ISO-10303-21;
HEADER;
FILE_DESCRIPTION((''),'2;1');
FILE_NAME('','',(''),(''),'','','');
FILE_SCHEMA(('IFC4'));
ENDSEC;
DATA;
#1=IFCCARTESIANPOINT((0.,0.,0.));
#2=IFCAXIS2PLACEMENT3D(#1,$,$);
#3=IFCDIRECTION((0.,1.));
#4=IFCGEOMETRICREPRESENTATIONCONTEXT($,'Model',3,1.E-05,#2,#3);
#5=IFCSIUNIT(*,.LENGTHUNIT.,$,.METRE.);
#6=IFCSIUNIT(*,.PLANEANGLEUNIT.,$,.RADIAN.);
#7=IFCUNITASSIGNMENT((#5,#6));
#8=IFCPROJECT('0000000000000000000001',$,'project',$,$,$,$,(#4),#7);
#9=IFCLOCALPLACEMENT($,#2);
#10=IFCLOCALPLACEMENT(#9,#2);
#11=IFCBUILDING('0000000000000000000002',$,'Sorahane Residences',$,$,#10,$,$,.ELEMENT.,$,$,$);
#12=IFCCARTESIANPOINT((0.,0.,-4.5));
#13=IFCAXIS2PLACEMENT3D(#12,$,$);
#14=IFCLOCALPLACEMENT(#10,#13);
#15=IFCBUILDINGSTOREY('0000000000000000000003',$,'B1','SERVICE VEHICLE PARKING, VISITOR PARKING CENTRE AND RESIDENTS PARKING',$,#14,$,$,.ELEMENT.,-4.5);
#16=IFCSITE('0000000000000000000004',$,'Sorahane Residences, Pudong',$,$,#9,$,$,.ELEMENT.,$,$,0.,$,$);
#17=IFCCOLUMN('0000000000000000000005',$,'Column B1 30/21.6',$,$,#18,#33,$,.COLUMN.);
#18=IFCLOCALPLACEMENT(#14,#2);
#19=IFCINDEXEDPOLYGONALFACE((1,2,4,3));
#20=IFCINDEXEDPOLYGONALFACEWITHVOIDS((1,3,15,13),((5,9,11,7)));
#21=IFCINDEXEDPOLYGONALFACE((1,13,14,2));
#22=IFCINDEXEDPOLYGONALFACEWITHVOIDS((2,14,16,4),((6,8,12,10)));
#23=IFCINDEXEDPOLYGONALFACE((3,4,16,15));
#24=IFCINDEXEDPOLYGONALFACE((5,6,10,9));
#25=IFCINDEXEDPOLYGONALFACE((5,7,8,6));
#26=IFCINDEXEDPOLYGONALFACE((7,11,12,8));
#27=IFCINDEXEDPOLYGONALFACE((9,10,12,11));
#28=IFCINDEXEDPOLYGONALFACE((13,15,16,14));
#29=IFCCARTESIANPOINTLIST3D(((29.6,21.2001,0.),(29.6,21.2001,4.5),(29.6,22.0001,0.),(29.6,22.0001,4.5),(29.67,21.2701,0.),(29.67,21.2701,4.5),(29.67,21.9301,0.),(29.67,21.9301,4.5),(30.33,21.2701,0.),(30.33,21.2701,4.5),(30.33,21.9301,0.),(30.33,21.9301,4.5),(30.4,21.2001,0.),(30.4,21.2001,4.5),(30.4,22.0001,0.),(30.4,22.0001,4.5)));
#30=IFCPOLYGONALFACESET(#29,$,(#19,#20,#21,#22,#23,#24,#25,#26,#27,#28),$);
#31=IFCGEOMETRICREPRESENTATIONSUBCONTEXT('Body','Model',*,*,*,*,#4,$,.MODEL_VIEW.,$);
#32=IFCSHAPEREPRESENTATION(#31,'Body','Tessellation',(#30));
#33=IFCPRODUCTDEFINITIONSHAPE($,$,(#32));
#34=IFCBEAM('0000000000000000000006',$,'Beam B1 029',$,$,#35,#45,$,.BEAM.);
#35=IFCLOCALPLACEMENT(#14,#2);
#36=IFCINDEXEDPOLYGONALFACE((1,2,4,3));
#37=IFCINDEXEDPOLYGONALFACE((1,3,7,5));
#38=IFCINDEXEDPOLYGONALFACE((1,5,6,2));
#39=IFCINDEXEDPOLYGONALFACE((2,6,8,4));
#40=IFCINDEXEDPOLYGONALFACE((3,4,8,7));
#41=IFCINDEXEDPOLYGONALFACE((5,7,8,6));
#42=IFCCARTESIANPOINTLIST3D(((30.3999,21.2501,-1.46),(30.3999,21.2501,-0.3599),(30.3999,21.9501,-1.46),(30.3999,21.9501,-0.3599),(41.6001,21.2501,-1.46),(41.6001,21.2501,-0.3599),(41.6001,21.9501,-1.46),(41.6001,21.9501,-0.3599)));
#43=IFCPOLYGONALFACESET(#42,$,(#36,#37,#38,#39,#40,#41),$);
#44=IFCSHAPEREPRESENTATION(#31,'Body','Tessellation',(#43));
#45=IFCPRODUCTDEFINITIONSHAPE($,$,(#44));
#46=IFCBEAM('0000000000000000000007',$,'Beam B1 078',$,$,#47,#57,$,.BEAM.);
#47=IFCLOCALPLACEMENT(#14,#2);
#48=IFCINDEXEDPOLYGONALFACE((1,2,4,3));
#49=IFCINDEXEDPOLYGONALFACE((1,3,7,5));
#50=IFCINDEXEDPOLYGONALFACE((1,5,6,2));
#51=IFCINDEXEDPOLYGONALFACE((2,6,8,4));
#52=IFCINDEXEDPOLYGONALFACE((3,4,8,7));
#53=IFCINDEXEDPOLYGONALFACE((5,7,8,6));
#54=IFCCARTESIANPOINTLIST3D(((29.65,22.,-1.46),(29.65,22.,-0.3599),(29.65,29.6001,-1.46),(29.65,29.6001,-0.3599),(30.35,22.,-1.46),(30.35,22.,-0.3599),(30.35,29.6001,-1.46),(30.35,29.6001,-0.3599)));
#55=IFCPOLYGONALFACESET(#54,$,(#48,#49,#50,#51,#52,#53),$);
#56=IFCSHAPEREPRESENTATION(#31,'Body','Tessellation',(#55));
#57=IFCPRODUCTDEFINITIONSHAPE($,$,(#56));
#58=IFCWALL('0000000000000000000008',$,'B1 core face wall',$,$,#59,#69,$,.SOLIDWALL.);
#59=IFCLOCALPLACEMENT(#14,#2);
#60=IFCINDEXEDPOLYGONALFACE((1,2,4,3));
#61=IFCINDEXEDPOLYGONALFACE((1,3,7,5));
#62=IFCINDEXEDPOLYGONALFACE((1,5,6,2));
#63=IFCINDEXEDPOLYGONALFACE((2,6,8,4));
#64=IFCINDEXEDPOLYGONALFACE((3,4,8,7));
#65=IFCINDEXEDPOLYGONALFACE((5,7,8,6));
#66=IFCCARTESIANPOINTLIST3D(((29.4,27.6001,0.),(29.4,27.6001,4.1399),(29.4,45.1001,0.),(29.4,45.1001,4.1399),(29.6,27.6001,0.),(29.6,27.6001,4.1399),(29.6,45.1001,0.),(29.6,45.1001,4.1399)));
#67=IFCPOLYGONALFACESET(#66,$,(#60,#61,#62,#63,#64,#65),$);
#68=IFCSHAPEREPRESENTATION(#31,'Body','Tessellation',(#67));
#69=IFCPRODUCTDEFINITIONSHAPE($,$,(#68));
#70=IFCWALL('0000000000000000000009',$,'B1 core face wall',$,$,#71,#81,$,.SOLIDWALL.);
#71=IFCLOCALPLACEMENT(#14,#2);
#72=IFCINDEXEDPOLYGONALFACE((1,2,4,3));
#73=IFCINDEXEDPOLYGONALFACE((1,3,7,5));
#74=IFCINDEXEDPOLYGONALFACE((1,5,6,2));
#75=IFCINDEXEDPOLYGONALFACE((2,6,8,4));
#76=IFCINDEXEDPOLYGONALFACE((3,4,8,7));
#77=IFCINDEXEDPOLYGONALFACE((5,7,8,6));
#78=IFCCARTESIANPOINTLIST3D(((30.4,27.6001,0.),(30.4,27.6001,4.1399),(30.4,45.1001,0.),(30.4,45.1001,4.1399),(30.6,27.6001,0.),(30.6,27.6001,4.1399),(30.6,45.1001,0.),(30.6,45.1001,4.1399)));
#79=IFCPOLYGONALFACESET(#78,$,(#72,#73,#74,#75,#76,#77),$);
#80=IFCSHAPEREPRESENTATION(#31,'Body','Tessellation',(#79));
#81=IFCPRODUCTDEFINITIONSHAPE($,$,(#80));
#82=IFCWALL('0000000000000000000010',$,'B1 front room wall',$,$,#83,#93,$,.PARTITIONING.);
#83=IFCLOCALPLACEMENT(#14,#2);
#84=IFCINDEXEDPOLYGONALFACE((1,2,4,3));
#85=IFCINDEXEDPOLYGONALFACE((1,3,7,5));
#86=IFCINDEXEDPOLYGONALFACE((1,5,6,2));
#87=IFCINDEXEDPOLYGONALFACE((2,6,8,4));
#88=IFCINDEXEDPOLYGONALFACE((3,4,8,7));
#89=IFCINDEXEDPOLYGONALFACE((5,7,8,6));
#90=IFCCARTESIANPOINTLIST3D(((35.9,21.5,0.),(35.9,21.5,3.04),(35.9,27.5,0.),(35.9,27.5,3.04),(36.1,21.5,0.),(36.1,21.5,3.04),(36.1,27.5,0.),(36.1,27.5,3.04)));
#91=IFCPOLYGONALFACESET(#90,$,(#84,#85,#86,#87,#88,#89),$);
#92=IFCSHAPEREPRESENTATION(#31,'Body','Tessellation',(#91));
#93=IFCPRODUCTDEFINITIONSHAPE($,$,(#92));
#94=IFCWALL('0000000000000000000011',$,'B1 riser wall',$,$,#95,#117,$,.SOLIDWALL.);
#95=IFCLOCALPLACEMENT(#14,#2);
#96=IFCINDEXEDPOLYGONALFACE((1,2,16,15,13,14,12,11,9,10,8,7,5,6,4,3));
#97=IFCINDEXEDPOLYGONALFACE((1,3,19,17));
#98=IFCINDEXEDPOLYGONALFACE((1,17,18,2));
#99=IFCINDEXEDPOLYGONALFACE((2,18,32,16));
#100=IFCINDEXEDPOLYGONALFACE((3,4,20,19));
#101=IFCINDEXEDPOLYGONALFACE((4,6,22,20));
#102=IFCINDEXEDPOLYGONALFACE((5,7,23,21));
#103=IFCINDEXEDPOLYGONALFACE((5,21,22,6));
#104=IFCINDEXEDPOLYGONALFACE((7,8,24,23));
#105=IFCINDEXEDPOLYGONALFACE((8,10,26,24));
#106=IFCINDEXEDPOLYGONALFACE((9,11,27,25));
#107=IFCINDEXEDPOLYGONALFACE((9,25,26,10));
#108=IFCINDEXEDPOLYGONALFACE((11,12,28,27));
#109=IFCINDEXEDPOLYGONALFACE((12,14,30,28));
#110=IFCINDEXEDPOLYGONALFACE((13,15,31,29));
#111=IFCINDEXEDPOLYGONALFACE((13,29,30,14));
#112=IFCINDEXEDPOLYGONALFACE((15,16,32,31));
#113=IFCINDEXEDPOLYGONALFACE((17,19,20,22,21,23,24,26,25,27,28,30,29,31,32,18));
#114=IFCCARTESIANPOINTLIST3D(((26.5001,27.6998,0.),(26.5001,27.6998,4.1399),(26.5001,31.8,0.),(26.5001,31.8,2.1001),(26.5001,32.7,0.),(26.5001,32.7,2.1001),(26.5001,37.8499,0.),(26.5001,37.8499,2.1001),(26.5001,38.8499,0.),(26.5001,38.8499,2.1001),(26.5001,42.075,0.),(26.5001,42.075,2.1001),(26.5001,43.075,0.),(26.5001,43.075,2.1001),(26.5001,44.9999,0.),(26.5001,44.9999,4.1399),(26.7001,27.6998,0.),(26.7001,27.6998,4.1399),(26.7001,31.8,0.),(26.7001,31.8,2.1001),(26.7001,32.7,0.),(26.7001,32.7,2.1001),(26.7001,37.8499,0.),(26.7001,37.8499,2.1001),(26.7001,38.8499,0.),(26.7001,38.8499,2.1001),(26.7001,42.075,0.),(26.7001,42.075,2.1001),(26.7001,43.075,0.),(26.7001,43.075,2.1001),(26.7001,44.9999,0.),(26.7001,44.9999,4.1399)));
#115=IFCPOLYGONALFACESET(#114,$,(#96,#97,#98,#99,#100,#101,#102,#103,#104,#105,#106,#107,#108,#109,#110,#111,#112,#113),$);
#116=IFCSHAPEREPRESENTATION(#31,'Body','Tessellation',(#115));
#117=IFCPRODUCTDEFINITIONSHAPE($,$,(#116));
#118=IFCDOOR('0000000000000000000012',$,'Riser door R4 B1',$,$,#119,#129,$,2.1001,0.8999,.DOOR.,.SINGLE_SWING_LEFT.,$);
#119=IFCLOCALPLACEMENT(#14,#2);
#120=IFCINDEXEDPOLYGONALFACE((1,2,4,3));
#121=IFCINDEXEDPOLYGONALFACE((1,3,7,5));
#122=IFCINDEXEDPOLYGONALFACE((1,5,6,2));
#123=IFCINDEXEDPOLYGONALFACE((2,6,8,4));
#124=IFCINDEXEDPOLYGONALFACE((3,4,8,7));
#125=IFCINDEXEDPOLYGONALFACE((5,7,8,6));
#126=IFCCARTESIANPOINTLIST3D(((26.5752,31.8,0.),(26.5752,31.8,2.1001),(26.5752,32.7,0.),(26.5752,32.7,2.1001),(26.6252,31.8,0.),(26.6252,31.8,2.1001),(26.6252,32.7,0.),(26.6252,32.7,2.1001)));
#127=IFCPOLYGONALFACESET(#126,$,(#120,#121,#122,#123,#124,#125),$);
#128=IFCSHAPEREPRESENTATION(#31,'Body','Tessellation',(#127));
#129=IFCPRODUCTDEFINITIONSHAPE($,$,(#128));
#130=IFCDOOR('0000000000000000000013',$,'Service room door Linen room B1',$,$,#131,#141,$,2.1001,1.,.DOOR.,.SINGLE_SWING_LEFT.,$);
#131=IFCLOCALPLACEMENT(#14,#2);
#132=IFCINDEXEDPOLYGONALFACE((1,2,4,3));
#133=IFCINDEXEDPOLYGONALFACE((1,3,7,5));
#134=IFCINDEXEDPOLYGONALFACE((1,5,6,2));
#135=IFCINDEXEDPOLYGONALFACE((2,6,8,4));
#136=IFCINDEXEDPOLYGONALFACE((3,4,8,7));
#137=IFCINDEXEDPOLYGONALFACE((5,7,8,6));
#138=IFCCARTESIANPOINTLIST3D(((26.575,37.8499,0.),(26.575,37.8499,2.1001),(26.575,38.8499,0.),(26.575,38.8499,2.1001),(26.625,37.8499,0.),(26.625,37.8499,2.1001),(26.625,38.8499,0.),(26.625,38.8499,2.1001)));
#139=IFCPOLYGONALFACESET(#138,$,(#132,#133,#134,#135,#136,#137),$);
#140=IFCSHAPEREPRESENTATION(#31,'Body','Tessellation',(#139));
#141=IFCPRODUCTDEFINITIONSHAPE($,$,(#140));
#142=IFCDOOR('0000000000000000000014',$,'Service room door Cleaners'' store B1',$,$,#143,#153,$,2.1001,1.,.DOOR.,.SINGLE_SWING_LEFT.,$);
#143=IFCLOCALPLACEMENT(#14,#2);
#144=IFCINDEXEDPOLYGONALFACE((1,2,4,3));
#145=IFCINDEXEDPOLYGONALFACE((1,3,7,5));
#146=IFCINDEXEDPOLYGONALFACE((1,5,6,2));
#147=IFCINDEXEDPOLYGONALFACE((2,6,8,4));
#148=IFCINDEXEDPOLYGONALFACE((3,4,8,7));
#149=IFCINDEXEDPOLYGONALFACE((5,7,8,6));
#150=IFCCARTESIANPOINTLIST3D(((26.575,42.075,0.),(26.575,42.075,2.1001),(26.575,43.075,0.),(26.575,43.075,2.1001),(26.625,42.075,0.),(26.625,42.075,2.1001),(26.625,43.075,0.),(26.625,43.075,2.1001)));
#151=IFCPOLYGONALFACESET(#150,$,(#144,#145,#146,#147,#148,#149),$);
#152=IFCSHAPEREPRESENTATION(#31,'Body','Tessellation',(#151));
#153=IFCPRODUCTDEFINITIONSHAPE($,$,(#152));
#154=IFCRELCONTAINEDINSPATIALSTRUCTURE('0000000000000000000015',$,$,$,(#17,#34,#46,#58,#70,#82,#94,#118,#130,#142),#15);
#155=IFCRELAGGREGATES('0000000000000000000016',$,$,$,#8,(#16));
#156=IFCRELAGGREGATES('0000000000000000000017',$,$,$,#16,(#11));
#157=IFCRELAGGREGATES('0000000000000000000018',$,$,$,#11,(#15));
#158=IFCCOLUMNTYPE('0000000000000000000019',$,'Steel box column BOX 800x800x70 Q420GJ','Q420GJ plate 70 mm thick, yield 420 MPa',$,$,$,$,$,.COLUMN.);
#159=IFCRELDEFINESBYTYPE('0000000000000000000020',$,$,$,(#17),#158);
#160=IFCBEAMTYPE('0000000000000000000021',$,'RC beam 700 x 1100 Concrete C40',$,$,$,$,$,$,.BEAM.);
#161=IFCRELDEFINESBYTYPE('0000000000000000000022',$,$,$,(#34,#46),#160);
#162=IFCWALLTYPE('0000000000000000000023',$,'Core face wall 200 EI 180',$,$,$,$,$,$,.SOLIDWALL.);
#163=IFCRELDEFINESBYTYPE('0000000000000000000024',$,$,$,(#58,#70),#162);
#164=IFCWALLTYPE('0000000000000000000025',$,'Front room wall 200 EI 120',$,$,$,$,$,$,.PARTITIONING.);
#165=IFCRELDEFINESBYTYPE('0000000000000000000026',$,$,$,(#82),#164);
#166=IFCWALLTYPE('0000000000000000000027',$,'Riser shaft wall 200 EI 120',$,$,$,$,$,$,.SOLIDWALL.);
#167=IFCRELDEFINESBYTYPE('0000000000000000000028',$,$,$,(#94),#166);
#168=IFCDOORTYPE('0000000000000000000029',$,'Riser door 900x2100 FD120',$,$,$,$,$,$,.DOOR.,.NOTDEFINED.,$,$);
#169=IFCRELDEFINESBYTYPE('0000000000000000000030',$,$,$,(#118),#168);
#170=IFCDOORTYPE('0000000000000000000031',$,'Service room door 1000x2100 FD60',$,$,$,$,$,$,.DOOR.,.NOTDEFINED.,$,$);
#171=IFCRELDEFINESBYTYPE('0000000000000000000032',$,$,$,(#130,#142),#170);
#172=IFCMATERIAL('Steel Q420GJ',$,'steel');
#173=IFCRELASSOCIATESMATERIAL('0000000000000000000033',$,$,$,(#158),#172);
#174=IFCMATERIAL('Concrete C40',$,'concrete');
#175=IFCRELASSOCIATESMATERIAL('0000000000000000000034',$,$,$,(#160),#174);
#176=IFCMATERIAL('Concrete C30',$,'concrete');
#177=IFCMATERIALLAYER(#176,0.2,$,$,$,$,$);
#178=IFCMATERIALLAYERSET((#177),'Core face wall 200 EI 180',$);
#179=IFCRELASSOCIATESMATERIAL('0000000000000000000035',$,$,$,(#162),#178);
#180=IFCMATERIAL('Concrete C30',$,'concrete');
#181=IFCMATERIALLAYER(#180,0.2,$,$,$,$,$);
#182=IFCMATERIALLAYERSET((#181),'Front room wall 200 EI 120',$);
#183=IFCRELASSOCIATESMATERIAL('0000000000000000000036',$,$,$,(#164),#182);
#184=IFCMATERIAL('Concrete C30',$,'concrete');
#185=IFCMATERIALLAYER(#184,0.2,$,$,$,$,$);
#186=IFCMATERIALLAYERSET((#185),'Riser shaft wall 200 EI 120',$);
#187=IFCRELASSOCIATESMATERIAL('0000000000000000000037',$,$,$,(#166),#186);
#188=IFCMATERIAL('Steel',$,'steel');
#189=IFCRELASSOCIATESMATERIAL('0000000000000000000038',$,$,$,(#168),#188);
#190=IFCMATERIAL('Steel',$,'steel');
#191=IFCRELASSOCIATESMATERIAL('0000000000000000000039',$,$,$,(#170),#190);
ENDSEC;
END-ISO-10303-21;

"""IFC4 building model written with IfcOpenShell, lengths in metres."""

from ifc_helpers import new_model, si_unit, direction, frame, frame_2d, origin, origin_2d, place, context, subcontext, project, spatial, rectangle, hollow_rectangle, extrude, material, layer, layer_set, material_profile, profile_set, type_object, element, fill, save


model = new_model("IFC4")

# Units and contexts
model_context = context("Model", 3, precision=1e-05, world=origin(), true_north=direction((0.0, 1.0)))
body_context = subcontext(model_context, "Body", "Model", "MODEL_VIEW")
ifc_project = project(units=[si_unit("LENGTHUNIT", "METRE"), si_unit("PLANEANGLEUNIT", "RADIAN")], contexts=[model_context])

# Site, building, storey
site_placement = place(None, origin())
site = spatial("IfcSite", under=ifc_project, at=site_placement, Name="Sorahane Residences, Pudong", CompositionType="ELEMENT", RefElevation=0.0)
building_placement = place(site_placement, origin())
building = spatial("IfcBuilding", under=site, at=building_placement, Name="Sorahane Residences", CompositionType="ELEMENT")
storey_placement = place(building_placement, frame((0.0, 0.0, -4.5)))
storey = spatial("IfcBuildingStorey", under=building, at=storey_placement, Name="B1", Description="SERVICE VEHICLE PARKING, VISITOR PARKING CENTRE AND RESIDENTS PARKING", CompositionType="ELEMENT", Elevation=-4.5)

# Column
ifc_material_1 = material(Name="Steel Q420GJ", Category="steel")
ifc_material_profile_1 = material_profile(ifc_material_1, hollow_rectangle(XDim=0.8, YDim=0.8, WallThickness=0.0701, at=origin_2d()), Name="BOX 800x800x70")
ifc_profile_set_1 = profile_set([ifc_material_profile_1], Name="Steel Q420GJ")
column_type = type_object("IfcColumnType", Name="Steel box column BOX 800x800x70 Q420GJ", Description="Q420GJ plate 70 mm thick, yield 420 MPa", PredefinedType="COLUMN", material=ifc_profile_set_1)
column_placement = place(storey_placement, frame((30.0, 21.6001, 0.0), z_axis=(0.0, 0.0, 1.0), x_axis=(1.0, 0.0, 0.0)))
element("IfcColumn", 1, at=column_placement, inside=storey, type_object=column_type, Name="Column B1 30/21.6", PredefinedType="COLUMN", context=body_context, shape_type="SweptSolid", body=[
    extrude(hollow_rectangle(XDim=0.8, YDim=0.8, WallThickness=0.0701, at=origin_2d()), origin(), (0.0, 0.0, 1.0), 4.5),
])

# Beams
ifc_material_2 = material(Name="Concrete C40", Category="concrete")
ifc_material_profile_2 = material_profile(ifc_material_2, rectangle(XDim=0.7, YDim=1.1001, at=origin_2d()), Name="700x1100")
ifc_profile_set_2 = profile_set([ifc_material_profile_2], Name="Concrete C40")
beam_type = type_object("IfcBeamType", Name="RC beam 700 x 1100 Concrete C40", PredefinedType="BEAM", material=ifc_profile_set_2)
beam_1_placement = place(storey_placement, frame((30.3999, 21.6001, -0.9099), z_axis=(1.0, 0.0, 0.0), x_axis=(0.0, 1.0, 0.0)))
element("IfcBeam", 2, at=beam_1_placement, inside=storey, type_object=beam_type, Name="Beam B1 029", PredefinedType="BEAM", context=body_context, shape_type="SweptSolid", body=[
    extrude(rectangle(XDim=0.7, YDim=1.1001, at=origin_2d()), origin(), (0.0, 0.0, 1.0), 11.2002),
])
beam_2_placement = place(storey_placement, frame((30.0, 22.0, -0.9099), z_axis=(0.0, 1.0, 0.0), x_axis=(-1.0, 0.0, 0.0)))
element("IfcBeam", 3, at=beam_2_placement, inside=storey, type_object=beam_type, Name="Beam B1 078", PredefinedType="BEAM", context=body_context, shape_type="SweptSolid", body=[
    extrude(rectangle(XDim=0.7, YDim=1.1001, at=origin_2d()), origin(), (0.0, 0.0, 1.0), 7.6001),
])

# Walls
ifc_material_3 = material(Name="Concrete C30", Category="concrete")
ifc_layer_1 = layer(ifc_material_3, 0.2)
ifc_layer_set_1 = layer_set([ifc_layer_1], Name="Core face wall 200 EI 180")
wall_type_1 = type_object("IfcWallType", Name="Core face wall 200 EI 180", PredefinedType="SOLIDWALL", material=ifc_layer_set_1)
for number, where, z_axis, x_axis, name in (
    (4, (29.5, 27.6001, 0.0), (0.0, 0.0, 1.0), (0.0, 1.0, 0.0), "B1 core face wall"),
    (5, (30.5, 27.6001, 0.0), (0.0, 0.0, 1.0), (0.0, 1.0, 0.0), "B1 core face wall"),
):
    element("IfcWall", number, at=place(storey_placement, frame(where, z_axis=z_axis, x_axis=x_axis)), inside=storey, type_object=wall_type_1, Name=name, PredefinedType="SOLIDWALL", context=body_context, shape_type="SweptSolid", body=[
        extrude(rectangle(XDim=17.5, YDim=0.2, at=frame_2d((8.75, 0.0))), origin(), (0.0, 0.0, 1.0), 4.1399),
    ])
ifc_material_4 = material(Name="Concrete C30", Category="concrete")
ifc_layer_2 = layer(ifc_material_4, 0.2)
ifc_layer_set_2 = layer_set([ifc_layer_2], Name="Front room wall 200 EI 120")
wall_type_2 = type_object("IfcWallType", Name="Front room wall 200 EI 120", PredefinedType="PARTITIONING", material=ifc_layer_set_2)
wall_1_placement = place(storey_placement, frame((36.0, 21.5, 0.0), z_axis=(0.0, 0.0, 1.0), x_axis=(0.0, 1.0, 0.0)))
element("IfcWall", 6, at=wall_1_placement, inside=storey, type_object=wall_type_2, Name="B1 front room wall", PredefinedType="PARTITIONING", context=body_context, shape_type="SweptSolid", body=[
    extrude(rectangle(XDim=6.0, YDim=0.2, at=frame_2d((3.0, 0.0))), origin(), (0.0, 0.0, 1.0), 3.04),
])

# Wall, openings, doors
ifc_material_5 = material(Name="Concrete C30", Category="concrete")
ifc_layer_3 = layer(ifc_material_5, 0.2)
ifc_layer_set_3 = layer_set([ifc_layer_3], Name="Riser shaft wall 200 EI 120")
wall_type_3 = type_object("IfcWallType", Name="Riser shaft wall 200 EI 120", PredefinedType="SOLIDWALL", material=ifc_layer_set_3)
wall_2_placement = place(storey_placement, frame((26.6001, 27.7, 0.0), z_axis=(0.0, 0.0, 1.0), x_axis=(0.0, 1.0, 0.0)))
wall_2 = element("IfcWall", 7, at=wall_2_placement, inside=storey, type_object=wall_type_3, Name="B1 riser wall", PredefinedType="SOLIDWALL", context=body_context, shape_type="SweptSolid", body=[
    extrude(rectangle(XDim=17.3, YDim=0.2, at=frame_2d((8.6499, 0.0))), origin(), (0.0, 0.0, 1.0), 4.1399),
])
opening_1_placement = place(wall_2_placement, frame((4.1001, 0.0, 0.0)))
opening_1 = element("IfcOpeningElement", 8, at=opening_1_placement, cuts=wall_2, PredefinedType="OPENING", context=body_context, shape_type="SweptSolid", body=[
    extrude(rectangle(XDim=0.8999, YDim=2.1001, at=frame_2d((0.45, 1.05))), frame((0.0, 0.1099, 0.0), z_axis=(0.0, -1.0, 0.0), x_axis=(1.0, 0.0, 0.0)), (0.0, 0.0, 1.0), 0.22),
])
opening_2_placement = place(wall_2_placement, frame((10.1499, 0.0, 0.0)))
opening_2 = element("IfcOpeningElement", 9, at=opening_2_placement, cuts=wall_2, PredefinedType="OPENING", context=body_context, shape_type="SweptSolid", body=[
    extrude(rectangle(XDim=1.0, YDim=2.1001, at=frame_2d((0.5, 1.05))), frame((0.0, 0.1099, 0.0), z_axis=(0.0, -1.0, 0.0), x_axis=(1.0, 0.0, 0.0)), (0.0, 0.0, 1.0), 0.22),
])
opening_3_placement = place(wall_2_placement, frame((14.375, 0.0, 0.0)))
opening_3 = element("IfcOpeningElement", 10, at=opening_3_placement, cuts=wall_2, PredefinedType="OPENING", context=body_context, shape_type="SweptSolid", body=[
    extrude(rectangle(XDim=1.0, YDim=2.1001, at=frame_2d((0.5, 1.05))), frame((0.0, 0.1099, 0.0), z_axis=(0.0, -1.0, 0.0), x_axis=(1.0, 0.0, 0.0)), (0.0, 0.0, 1.0), 0.22),
])
ifc_material_6 = material(Name="Steel", Category="steel")
door_type_1 = type_object("IfcDoorType", Name="Riser door 900x2100 FD120", OperationType="NOTDEFINED", PredefinedType="DOOR", material=ifc_material_6)
door_1_placement = place(opening_1_placement, origin())
door_1 = element("IfcDoor", 11, at=door_1_placement, inside=storey, type_object=door_type_1, Name="Riser door R4 B1", OperationType="SINGLE_SWING_LEFT", OverallHeight=2.1001, OverallWidth=0.8999, PredefinedType="DOOR", context=body_context, shape_type="SweptSolid", body=[
    extrude(rectangle(XDim=0.8999, YDim=2.1001, at=frame_2d((0.45, 1.05))), frame((0.0, 0.0249, 0.0), z_axis=(0.0, -1.0, 0.0), x_axis=(1.0, 0.0, 0.0)), (0.0, 0.0, 1.0), 0.05),
])
fill(opening_1, door_1)
ifc_material_7 = material(Name="Steel", Category="steel")
door_type_2 = type_object("IfcDoorType", Name="Service room door 1000x2100 FD60", OperationType="NOTDEFINED", PredefinedType="DOOR", material=ifc_material_7)
door_2_placement = place(opening_2_placement, frame((1.0, 0.0, 0.0), z_axis=(0.0, 0.0, 1.0), x_axis=(-1.0, 0.0, 0.0)))
door_2 = element("IfcDoor", 12, at=door_2_placement, inside=storey, type_object=door_type_2, Name="Service room door Linen room B1", OperationType="SINGLE_SWING_LEFT", OverallHeight=2.1001, OverallWidth=1.0, PredefinedType="DOOR", context=body_context, shape_type="SweptSolid", body=[
    extrude(rectangle(XDim=1.0, YDim=2.1001, at=frame_2d((0.5, 1.05))), frame((0.0, 0.0249, 0.0), z_axis=(0.0, -1.0, 0.0), x_axis=(1.0, 0.0, 0.0)), (0.0, 0.0, 1.0), 0.05),
])
fill(opening_2, door_2)
door_3_placement = place(opening_3_placement, frame((1.0, 0.0, 0.0), z_axis=(0.0, 0.0, 1.0), x_axis=(-1.0, 0.0, 0.0)))
door_3 = element("IfcDoor", 13, at=door_3_placement, inside=storey, type_object=door_type_2, Name="Service room door Cleaners' store B1", OperationType="SINGLE_SWING_LEFT", OverallHeight=2.1001, OverallWidth=1.0, PredefinedType="DOOR", context=body_context, shape_type="SweptSolid", body=[
    extrude(rectangle(XDim=1.0, YDim=2.1001, at=frame_2d((0.5, 1.05))), frame((0.0, 0.0249, 0.0), z_axis=(0.0, -1.0, 0.0), x_axis=(1.0, 0.0, 0.0)), (0.0, 0.0, 1.0), 0.05),
])
fill(opening_3, door_3)

save(model, "model.ifc")
